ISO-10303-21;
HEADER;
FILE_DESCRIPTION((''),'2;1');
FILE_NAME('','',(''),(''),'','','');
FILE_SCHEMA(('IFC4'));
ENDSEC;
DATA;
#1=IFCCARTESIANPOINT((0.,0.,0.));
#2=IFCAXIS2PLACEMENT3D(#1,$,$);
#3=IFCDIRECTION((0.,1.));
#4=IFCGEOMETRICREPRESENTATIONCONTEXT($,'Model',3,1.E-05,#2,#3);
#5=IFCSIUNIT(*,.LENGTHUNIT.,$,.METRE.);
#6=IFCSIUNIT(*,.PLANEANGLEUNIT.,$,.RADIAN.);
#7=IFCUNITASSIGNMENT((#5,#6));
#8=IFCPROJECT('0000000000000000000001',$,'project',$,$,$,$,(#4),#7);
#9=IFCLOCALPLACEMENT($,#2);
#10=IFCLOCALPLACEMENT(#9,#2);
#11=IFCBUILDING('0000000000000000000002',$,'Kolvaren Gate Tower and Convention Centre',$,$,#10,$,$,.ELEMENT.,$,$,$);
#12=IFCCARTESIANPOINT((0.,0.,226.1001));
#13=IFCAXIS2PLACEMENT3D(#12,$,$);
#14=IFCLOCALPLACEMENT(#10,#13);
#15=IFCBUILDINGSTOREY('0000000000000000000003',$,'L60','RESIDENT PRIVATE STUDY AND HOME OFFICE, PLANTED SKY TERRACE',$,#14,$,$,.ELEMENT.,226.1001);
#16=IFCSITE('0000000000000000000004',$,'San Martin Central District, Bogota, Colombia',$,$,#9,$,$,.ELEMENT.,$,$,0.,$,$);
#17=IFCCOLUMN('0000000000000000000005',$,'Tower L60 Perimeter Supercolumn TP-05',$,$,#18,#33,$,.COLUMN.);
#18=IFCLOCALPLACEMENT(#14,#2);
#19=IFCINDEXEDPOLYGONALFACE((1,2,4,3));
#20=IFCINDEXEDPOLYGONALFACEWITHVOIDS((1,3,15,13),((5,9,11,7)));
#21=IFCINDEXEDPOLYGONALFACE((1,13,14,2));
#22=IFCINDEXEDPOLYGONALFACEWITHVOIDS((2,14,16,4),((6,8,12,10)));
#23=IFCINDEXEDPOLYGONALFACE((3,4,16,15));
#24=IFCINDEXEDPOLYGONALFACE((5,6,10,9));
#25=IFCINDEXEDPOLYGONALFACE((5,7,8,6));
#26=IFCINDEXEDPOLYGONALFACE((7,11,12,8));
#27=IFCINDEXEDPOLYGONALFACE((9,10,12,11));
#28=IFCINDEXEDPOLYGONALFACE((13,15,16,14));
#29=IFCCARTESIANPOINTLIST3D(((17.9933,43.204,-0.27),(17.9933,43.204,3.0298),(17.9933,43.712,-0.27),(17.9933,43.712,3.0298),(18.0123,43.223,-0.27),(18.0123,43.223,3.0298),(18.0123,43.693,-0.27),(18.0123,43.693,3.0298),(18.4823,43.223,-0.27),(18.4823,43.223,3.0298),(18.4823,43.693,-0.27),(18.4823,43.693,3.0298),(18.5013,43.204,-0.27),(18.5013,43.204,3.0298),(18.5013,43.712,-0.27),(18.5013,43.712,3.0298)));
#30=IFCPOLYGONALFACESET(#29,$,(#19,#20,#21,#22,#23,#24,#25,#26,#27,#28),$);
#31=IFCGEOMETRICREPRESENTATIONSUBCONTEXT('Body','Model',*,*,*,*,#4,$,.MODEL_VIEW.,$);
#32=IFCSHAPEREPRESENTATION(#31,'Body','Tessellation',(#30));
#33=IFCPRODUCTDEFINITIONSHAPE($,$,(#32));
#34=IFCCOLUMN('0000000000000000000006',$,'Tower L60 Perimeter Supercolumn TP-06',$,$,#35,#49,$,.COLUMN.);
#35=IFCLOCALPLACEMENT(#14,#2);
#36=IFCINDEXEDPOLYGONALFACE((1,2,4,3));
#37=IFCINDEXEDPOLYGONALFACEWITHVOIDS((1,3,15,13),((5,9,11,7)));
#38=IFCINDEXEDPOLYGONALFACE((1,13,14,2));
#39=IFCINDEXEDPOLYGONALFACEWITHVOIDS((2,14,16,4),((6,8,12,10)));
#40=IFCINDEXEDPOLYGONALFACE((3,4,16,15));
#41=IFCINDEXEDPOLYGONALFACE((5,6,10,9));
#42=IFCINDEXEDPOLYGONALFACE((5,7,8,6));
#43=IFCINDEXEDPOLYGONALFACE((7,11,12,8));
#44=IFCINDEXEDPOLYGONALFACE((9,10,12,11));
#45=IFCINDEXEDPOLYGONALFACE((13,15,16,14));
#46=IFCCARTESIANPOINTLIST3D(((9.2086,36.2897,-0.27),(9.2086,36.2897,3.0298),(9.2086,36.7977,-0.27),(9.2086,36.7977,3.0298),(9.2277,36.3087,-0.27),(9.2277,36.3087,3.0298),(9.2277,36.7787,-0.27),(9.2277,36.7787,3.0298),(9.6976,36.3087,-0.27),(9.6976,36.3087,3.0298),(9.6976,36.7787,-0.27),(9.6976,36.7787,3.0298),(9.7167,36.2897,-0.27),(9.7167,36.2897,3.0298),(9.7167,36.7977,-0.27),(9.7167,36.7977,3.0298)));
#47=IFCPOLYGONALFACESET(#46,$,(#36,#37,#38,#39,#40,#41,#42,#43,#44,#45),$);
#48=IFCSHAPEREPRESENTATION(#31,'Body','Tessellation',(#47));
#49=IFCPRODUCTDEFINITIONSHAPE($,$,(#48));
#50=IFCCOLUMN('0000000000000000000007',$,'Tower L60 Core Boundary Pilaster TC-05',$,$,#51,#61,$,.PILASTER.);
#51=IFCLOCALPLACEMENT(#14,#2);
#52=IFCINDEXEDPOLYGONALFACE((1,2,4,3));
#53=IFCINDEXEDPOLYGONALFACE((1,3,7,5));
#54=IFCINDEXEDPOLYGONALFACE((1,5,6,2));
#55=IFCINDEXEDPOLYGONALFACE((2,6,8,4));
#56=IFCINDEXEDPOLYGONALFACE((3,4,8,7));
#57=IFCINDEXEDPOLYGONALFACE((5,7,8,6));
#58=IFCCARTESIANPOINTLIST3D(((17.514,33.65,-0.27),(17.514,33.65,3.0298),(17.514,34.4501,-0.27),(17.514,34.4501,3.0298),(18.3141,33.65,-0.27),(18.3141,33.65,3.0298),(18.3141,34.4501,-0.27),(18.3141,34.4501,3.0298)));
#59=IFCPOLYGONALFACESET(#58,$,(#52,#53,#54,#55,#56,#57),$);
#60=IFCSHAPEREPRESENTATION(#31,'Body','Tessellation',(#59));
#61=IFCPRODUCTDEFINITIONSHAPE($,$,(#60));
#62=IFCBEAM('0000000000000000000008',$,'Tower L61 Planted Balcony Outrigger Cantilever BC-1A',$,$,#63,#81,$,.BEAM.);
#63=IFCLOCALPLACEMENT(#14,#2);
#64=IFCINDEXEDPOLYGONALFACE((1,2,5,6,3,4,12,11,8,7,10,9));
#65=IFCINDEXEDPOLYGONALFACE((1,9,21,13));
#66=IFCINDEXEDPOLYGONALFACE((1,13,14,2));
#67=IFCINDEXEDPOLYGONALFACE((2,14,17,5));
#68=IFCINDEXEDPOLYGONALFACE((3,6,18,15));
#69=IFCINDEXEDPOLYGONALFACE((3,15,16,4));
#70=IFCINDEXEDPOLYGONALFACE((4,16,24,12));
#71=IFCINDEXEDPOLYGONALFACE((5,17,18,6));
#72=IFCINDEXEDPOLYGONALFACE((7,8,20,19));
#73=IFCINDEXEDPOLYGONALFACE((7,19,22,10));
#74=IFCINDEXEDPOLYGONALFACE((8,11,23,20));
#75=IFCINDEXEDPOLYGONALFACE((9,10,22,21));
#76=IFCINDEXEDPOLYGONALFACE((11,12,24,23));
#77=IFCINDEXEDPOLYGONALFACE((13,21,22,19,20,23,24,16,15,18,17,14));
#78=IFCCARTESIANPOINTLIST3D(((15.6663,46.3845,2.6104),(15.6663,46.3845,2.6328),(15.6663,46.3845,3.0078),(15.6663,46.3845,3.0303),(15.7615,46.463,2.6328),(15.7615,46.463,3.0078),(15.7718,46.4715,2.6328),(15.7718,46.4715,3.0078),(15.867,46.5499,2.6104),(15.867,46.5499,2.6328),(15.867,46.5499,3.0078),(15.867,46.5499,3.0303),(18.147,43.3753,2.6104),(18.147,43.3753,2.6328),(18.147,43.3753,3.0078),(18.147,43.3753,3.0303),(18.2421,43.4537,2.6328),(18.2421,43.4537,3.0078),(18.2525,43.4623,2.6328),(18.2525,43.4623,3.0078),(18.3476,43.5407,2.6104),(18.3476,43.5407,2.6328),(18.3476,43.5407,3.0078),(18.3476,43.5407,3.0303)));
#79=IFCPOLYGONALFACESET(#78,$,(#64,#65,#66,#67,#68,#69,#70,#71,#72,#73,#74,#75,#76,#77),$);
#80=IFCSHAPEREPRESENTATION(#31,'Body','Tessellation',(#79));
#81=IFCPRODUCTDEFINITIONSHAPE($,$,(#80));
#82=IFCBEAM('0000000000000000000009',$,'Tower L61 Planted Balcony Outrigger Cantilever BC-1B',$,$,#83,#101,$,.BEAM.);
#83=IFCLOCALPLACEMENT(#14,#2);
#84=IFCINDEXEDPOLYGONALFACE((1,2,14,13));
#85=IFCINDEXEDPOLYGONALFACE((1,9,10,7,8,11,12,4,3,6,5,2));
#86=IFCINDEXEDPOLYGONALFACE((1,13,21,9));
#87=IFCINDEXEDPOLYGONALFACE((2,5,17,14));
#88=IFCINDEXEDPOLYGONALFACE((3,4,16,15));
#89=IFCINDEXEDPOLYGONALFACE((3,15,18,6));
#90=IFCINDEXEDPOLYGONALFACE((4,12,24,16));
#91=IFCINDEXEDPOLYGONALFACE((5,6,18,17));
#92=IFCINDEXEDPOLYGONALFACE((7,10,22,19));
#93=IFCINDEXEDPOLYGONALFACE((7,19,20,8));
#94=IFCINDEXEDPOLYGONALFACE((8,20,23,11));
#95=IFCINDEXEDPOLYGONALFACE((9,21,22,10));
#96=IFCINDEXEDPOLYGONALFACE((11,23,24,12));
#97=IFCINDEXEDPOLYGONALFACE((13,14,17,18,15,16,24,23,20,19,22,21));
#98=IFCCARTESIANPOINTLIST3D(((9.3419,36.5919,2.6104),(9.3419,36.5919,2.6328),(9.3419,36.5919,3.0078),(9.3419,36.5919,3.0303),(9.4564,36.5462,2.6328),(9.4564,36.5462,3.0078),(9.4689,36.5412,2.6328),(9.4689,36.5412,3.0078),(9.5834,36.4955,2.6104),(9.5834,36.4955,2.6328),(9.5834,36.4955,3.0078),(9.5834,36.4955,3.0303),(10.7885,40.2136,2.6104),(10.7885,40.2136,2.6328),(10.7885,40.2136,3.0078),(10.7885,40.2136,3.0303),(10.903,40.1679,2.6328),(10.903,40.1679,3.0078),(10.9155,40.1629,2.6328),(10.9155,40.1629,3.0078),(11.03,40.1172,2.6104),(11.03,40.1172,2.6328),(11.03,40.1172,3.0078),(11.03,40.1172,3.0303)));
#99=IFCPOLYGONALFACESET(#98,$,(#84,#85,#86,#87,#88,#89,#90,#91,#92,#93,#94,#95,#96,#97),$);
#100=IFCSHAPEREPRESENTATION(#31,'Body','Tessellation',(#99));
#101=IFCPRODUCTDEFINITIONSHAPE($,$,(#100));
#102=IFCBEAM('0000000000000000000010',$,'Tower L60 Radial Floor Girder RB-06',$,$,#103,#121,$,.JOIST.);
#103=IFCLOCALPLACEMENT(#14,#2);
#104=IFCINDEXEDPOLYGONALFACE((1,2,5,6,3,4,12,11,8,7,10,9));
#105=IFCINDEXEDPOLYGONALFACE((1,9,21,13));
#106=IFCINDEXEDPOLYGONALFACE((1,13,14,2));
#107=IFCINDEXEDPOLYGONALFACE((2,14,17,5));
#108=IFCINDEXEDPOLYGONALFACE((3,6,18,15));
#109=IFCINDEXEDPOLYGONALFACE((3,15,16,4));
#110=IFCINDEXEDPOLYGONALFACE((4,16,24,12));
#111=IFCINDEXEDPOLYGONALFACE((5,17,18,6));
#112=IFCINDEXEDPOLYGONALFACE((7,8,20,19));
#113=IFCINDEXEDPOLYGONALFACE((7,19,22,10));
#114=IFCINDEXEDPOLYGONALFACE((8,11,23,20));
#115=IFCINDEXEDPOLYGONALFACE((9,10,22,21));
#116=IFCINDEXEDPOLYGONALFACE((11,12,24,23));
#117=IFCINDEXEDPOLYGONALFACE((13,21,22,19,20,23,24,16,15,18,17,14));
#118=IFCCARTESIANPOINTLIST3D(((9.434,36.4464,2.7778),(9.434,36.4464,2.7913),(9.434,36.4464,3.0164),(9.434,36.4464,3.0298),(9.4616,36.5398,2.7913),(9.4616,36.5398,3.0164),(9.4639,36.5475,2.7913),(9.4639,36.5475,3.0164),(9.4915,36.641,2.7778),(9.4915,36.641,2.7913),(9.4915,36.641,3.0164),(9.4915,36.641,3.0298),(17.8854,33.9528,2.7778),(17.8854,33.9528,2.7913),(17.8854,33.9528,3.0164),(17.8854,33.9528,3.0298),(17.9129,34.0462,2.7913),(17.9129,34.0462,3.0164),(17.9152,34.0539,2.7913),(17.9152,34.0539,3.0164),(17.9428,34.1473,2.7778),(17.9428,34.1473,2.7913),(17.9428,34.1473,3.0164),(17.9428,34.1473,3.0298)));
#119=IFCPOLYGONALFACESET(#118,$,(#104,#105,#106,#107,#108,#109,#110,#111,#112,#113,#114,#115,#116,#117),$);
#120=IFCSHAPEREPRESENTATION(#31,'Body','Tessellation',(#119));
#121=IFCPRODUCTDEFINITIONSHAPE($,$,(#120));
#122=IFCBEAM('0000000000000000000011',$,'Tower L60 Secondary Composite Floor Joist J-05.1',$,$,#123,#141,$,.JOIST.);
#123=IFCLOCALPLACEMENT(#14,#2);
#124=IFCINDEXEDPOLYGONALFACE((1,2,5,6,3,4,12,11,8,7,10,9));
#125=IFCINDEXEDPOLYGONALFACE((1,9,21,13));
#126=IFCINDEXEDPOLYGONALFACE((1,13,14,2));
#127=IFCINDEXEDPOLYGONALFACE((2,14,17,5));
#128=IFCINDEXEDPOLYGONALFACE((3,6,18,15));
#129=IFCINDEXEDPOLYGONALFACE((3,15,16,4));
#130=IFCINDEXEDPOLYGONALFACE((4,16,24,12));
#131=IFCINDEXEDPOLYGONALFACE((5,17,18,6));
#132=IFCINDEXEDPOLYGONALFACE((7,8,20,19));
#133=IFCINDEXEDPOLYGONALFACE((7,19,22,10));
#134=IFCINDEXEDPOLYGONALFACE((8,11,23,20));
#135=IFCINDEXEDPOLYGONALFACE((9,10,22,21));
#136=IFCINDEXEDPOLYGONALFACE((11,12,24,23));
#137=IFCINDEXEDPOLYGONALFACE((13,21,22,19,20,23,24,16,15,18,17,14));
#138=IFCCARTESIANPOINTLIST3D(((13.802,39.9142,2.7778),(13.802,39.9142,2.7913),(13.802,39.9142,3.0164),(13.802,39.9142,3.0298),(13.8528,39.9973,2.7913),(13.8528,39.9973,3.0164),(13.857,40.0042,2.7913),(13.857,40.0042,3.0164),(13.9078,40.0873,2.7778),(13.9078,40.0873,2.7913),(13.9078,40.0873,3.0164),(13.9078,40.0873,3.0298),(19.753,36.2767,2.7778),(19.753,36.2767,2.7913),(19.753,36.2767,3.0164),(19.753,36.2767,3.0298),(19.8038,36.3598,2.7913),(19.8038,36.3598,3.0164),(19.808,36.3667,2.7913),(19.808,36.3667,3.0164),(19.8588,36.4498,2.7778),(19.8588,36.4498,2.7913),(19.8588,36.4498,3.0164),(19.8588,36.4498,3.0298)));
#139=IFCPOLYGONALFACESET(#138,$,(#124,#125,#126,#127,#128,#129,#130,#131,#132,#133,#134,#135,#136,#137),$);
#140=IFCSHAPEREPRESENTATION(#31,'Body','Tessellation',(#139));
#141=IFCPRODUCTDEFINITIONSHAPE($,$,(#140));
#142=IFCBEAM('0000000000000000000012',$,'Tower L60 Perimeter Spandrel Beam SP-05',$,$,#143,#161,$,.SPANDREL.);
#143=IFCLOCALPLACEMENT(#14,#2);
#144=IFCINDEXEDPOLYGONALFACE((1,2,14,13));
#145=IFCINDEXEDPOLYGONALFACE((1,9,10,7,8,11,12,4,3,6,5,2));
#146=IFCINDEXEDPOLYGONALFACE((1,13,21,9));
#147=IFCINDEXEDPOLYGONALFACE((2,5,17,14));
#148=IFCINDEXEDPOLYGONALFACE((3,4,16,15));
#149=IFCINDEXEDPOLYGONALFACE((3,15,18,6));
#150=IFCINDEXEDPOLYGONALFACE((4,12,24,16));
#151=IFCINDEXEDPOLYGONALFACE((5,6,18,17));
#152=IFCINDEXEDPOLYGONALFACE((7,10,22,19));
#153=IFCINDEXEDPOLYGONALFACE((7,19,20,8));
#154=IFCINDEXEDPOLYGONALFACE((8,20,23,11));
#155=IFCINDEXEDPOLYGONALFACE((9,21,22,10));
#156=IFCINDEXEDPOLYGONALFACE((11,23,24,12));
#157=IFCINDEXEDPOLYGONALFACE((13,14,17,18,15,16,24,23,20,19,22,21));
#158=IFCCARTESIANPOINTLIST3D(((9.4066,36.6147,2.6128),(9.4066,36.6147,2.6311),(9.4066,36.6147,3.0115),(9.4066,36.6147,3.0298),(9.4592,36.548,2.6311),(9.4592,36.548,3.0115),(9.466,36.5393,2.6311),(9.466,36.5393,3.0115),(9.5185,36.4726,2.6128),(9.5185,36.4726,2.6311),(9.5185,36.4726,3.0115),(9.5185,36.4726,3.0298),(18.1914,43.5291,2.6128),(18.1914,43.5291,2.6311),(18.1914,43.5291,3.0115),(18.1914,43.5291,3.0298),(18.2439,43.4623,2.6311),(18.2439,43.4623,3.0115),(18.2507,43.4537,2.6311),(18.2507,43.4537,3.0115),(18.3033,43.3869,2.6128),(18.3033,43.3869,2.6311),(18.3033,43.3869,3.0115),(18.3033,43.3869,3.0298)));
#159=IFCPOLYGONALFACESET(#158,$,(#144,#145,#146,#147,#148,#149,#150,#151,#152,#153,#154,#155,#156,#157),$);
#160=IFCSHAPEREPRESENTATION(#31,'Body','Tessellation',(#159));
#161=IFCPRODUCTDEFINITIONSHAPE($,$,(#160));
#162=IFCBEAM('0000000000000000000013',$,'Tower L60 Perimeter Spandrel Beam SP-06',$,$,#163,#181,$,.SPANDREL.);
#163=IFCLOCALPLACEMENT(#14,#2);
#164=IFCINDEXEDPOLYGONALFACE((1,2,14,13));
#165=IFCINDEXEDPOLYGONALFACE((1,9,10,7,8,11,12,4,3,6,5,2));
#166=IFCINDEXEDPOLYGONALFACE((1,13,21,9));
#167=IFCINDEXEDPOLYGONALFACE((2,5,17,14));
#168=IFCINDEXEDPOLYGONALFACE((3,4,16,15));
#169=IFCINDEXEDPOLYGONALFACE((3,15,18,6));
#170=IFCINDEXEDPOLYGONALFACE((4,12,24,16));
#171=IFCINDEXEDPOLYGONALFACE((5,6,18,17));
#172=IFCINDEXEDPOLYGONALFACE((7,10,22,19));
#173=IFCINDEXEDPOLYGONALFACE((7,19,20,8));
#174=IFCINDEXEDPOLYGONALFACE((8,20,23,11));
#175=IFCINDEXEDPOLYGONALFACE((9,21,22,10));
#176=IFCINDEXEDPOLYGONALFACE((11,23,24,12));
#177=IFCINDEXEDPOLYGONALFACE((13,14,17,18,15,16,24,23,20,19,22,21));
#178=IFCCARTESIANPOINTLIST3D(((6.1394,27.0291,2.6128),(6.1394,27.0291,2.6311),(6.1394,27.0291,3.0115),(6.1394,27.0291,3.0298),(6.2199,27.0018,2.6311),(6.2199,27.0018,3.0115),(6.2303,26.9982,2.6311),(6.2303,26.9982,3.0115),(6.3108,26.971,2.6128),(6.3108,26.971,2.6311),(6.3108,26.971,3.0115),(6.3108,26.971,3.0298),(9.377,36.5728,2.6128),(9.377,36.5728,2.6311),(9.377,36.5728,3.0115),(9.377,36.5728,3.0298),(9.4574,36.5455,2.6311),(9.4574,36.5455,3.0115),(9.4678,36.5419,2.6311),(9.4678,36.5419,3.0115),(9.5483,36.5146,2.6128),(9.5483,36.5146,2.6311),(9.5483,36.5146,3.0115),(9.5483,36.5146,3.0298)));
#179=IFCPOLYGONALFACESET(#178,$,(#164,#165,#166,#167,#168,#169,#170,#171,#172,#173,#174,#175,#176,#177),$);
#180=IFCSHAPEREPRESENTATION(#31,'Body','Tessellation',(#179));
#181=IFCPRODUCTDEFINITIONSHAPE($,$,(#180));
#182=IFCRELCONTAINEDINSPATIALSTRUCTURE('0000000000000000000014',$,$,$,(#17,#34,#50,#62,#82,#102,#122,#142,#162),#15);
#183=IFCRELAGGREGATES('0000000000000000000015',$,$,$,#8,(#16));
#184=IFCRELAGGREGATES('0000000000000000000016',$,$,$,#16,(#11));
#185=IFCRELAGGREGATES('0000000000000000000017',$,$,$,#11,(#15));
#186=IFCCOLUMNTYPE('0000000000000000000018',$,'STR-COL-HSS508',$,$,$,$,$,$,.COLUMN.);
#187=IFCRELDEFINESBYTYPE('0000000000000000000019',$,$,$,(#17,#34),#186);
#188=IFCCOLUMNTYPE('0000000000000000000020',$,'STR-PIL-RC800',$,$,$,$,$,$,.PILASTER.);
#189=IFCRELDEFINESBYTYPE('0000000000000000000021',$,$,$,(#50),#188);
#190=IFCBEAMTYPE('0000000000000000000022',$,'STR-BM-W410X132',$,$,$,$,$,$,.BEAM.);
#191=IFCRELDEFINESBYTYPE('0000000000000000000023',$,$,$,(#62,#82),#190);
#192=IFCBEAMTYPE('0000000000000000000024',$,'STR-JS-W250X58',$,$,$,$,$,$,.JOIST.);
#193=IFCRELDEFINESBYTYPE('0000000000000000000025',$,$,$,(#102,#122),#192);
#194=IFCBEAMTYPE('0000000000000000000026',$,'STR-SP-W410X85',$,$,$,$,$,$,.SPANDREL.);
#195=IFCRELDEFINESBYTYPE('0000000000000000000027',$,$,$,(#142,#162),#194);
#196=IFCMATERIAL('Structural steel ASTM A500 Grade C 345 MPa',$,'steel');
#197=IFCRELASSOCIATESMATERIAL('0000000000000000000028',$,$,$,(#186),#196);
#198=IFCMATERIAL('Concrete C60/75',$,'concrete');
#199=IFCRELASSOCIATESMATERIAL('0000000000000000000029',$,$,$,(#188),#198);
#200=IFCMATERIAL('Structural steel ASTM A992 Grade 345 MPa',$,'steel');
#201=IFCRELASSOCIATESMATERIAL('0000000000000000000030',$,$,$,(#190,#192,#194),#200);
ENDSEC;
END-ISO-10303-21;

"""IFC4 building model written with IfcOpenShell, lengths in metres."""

from ifc_helpers import new_model, si_unit, direction, frame, origin, origin_2d, place, context, subcontext, project, spatial, rectangle, hollow_rectangle, i_section, extrude, material, material_profile, profile_set, type_object, element, save


model = new_model("IFC4")

# Units and contexts
model_context = context("Model", 3, precision=1e-05, world=origin(), true_north=direction((0.0, 1.0)))
body_context = subcontext(model_context, "Body", "Model", "MODEL_VIEW")
ifc_project = project(units=[si_unit("LENGTHUNIT", "METRE"), si_unit("PLANEANGLEUNIT", "RADIAN")], contexts=[model_context])

# Site, building, storey
site_placement = place(None, origin())
site = spatial("IfcSite", under=ifc_project, at=site_placement, Name="San Martin Central District, Bogota, Colombia", CompositionType="ELEMENT", RefElevation=0.0)
building_placement = place(site_placement, origin())
building = spatial("IfcBuilding", under=site, at=building_placement, Name="Kolvaren Gate Tower and Convention Centre", CompositionType="ELEMENT")
storey_placement = place(building_placement, frame((0.0, 0.0, 226.1001)))
storey = spatial("IfcBuildingStorey", under=building, at=storey_placement, Name="L60", Description="RESIDENT PRIVATE STUDY AND HOME OFFICE, PLANTED SKY TERRACE", CompositionType="ELEMENT", Elevation=226.1001)

# Columns
ifc_material_1 = material(Name="Structural steel ASTM A500 Grade C 345 MPa", Category="steel")
ifc_material_profile_1 = material_profile(ifc_material_1, hollow_rectangle(XDim=0.5081, YDim=0.5081, WallThickness=0.019, at=origin_2d()), Name="HSS508X508X19.1")
ifc_profile_set_1 = profile_set([ifc_material_profile_1], Name="Structural steel ASTM A500 Grade C 345 MPa")
column_type_1 = type_object("IfcColumnType", Name="STR-COL-HSS508", PredefinedType="COLUMN", material=ifc_profile_set_1)
for number, where, z_axis, x_axis, name in (
    (1, (18.2473, 43.458, -0.27), (0.0, 0.0, 1.0), (1.0, 0.0, 0.0), "Tower L60 Perimeter Supercolumn TP-05"),
    (2, (9.4626, 36.5437, -0.27), (0.0, 0.0, 1.0), (1.0, 0.0, 0.0), "Tower L60 Perimeter Supercolumn TP-06"),
):
    element("IfcColumn", number, at=place(storey_placement, frame(where, z_axis=z_axis, x_axis=x_axis)), inside=storey, type_object=column_type_1, Name=name, PredefinedType="COLUMN", context=body_context, shape_type="SweptSolid", body=[
        extrude(hollow_rectangle(XDim=0.5081, YDim=0.5081, WallThickness=0.019, at=origin_2d()), origin(), (0.0, 0.0, 1.0), 3.2998),
    ])
ifc_material_2 = material(Name="Concrete C60/75", Category="concrete")
ifc_material_profile_2 = material_profile(ifc_material_2, rectangle(XDim=0.8, YDim=0.8, at=origin_2d()), Name="RC-COL-800X800")
ifc_profile_set_2 = profile_set([ifc_material_profile_2], Name="Concrete C60/75")
column_type_2 = type_object("IfcColumnType", Name="STR-PIL-RC800", PredefinedType="PILASTER", material=ifc_profile_set_2)
column_placement = place(storey_placement, frame((17.9141, 34.05, -0.27), z_axis=(0.0, 0.0, 1.0), x_axis=(1.0, 0.0, 0.0)))
element("IfcColumn", 3, at=column_placement, inside=storey, type_object=column_type_2, Name="Tower L60 Core Boundary Pilaster TC-05", PredefinedType="PILASTER", context=body_context, shape_type="SweptSolid", body=[
    extrude(rectangle(XDim=0.8, YDim=0.8, at=origin_2d()), origin(), (0.0, 0.0, 1.0), 3.2998),
])

# Beams
ifc_material_3 = material(Name="Structural steel ASTM A992 Grade 345 MPa", Category="steel")
ifc_material_profile_3 = material_profile(ifc_material_3, i_section(OverallWidth=0.26, OverallDepth=0.4199, WebThickness=0.0134, FlangeThickness=0.0225, at=origin_2d()), Name="W410X132")
ifc_profile_set_3 = profile_set([ifc_material_profile_3], Name="Structural steel ASTM A992 Grade 345 MPa")
beam_type_1 = type_object("IfcBeamType", Name="STR-BM-W410X132", PredefinedType="BEAM", material=ifc_profile_set_3)
for number, where, z_axis, x_axis, name in (
    (4, (18.2473, 43.458, 2.8203), (-0.636087, 0.771618, 0.0), (-0.771618, -0.636087, 0.0), "Tower L61 Planted Balcony Outrigger Cantilever BC-1A"),
    (5, (9.4626, 36.5437, 2.8203), (0.370926, 0.928662, 0.0), (-0.928662, 0.370926, 0.0), "Tower L61 Planted Balcony Outrigger Cantilever BC-1B"),
):
    element("IfcBeam", number, at=place(storey_placement, frame(where, z_axis=z_axis, x_axis=x_axis)), inside=storey, type_object=beam_type_1, Name=name, PredefinedType="BEAM", context=body_context, shape_type="SweptSolid", body=[
        extrude(i_section(OverallWidth=0.26, OverallDepth=0.4199, WebThickness=0.0134, FlangeThickness=0.0225, at=origin_2d()), origin(), (0.0, 0.0, 1.0), 3.8999),
    ])
ifc_material_profile_4 = material_profile(ifc_material_3, i_section(OverallWidth=0.2029, OverallDepth=0.252, WebThickness=0.0081, FlangeThickness=0.0134, at=origin_2d()), Name="W250X58")
ifc_profile_set_4 = profile_set([ifc_material_profile_4], Name="Structural steel ASTM A992 Grade 345 MPa")
beam_type_2 = type_object("IfcBeamType", Name="STR-JS-W250X58", PredefinedType="JOIST", material=ifc_profile_set_4)
beam_1_placement = place(storey_placement, frame((17.9141, 34.05, 2.9038), z_axis=(-0.959121, 0.282996, 0.0), x_axis=(-0.282996, -0.959121, 0.0)))
element("IfcBeam", 6, at=beam_1_placement, inside=storey, type_object=beam_type_2, Name="Tower L60 Radial Floor Girder RB-06", PredefinedType="JOIST", context=body_context, shape_type="SweptSolid", body=[
    extrude(i_section(OverallWidth=0.2029, OverallDepth=0.252, WebThickness=0.0081, FlangeThickness=0.0134, at=origin_2d()), origin(), (0.0, 0.0, 1.0), 8.8115),
])
beam_2_placement = place(storey_placement, frame((19.8059, 36.3633, 2.9038), z_axis=(-0.853233, 0.521531, 0.0), x_axis=(-0.521531, -0.853233, 0.0)))
element("IfcBeam", 7, at=beam_2_placement, inside=storey, type_object=beam_type_2, Name="Tower L60 Secondary Composite Floor Joist J-05.1", PredefinedType="JOIST", context=body_context, shape_type="SweptSolid", body=[
    extrude(i_section(OverallWidth=0.2029, OverallDepth=0.252, WebThickness=0.0081, FlangeThickness=0.0134, at=origin_2d()), origin(), (0.0, 0.0, 1.0), 6.9746),
])
ifc_material_profile_5 = material_profile(ifc_material_3, i_section(OverallWidth=0.1809, OverallDepth=0.417, WebThickness=0.011, FlangeThickness=0.0183, at=origin_2d()), Name="W410X85")
ifc_profile_set_5 = profile_set([ifc_material_profile_5], Name="Structural steel ASTM A992 Grade 345 MPa")
beam_type_3 = type_object("IfcBeamType", Name="STR-SP-W410X85", PredefinedType="SPANDREL", material=ifc_profile_set_5)
beam_3_placement = place(storey_placement, frame((18.2473, 43.458, 2.8213), z_axis=(-0.785794, -0.618489, 0.0), x_axis=(0.618489, -0.785794, 0.0)))
element("IfcBeam", 8, at=beam_3_placement, inside=storey, type_object=beam_type_3, Name="Tower L60 Perimeter Spandrel Beam SP-05", PredefinedType="SPANDREL", context=body_context, shape_type="SweptSolid", body=[
    extrude(i_section(OverallWidth=0.1809, OverallDepth=0.417, WebThickness=0.011, FlangeThickness=0.0183, at=origin_2d()), origin(), (0.0, 0.0, 1.0), 11.1794),
])
beam_4_placement = place(storey_placement, frame((9.4626, 36.5437, 2.8213), z_axis=(-0.321253, -0.946994, 0.0), x_axis=(0.946994, -0.321253, 0.0)))
element("IfcBeam", 9, at=beam_4_placement, inside=storey, type_object=beam_type_3, Name="Tower L60 Perimeter Spandrel Beam SP-06", PredefinedType="SPANDREL", context=body_context, shape_type="SweptSolid", body=[
    extrude(i_section(OverallWidth=0.1809, OverallDepth=0.417, WebThickness=0.011, FlangeThickness=0.0183, at=origin_2d()), origin(), (0.0, 0.0, 1.0), 10.0779),
])

save(model, "model.ifc")
